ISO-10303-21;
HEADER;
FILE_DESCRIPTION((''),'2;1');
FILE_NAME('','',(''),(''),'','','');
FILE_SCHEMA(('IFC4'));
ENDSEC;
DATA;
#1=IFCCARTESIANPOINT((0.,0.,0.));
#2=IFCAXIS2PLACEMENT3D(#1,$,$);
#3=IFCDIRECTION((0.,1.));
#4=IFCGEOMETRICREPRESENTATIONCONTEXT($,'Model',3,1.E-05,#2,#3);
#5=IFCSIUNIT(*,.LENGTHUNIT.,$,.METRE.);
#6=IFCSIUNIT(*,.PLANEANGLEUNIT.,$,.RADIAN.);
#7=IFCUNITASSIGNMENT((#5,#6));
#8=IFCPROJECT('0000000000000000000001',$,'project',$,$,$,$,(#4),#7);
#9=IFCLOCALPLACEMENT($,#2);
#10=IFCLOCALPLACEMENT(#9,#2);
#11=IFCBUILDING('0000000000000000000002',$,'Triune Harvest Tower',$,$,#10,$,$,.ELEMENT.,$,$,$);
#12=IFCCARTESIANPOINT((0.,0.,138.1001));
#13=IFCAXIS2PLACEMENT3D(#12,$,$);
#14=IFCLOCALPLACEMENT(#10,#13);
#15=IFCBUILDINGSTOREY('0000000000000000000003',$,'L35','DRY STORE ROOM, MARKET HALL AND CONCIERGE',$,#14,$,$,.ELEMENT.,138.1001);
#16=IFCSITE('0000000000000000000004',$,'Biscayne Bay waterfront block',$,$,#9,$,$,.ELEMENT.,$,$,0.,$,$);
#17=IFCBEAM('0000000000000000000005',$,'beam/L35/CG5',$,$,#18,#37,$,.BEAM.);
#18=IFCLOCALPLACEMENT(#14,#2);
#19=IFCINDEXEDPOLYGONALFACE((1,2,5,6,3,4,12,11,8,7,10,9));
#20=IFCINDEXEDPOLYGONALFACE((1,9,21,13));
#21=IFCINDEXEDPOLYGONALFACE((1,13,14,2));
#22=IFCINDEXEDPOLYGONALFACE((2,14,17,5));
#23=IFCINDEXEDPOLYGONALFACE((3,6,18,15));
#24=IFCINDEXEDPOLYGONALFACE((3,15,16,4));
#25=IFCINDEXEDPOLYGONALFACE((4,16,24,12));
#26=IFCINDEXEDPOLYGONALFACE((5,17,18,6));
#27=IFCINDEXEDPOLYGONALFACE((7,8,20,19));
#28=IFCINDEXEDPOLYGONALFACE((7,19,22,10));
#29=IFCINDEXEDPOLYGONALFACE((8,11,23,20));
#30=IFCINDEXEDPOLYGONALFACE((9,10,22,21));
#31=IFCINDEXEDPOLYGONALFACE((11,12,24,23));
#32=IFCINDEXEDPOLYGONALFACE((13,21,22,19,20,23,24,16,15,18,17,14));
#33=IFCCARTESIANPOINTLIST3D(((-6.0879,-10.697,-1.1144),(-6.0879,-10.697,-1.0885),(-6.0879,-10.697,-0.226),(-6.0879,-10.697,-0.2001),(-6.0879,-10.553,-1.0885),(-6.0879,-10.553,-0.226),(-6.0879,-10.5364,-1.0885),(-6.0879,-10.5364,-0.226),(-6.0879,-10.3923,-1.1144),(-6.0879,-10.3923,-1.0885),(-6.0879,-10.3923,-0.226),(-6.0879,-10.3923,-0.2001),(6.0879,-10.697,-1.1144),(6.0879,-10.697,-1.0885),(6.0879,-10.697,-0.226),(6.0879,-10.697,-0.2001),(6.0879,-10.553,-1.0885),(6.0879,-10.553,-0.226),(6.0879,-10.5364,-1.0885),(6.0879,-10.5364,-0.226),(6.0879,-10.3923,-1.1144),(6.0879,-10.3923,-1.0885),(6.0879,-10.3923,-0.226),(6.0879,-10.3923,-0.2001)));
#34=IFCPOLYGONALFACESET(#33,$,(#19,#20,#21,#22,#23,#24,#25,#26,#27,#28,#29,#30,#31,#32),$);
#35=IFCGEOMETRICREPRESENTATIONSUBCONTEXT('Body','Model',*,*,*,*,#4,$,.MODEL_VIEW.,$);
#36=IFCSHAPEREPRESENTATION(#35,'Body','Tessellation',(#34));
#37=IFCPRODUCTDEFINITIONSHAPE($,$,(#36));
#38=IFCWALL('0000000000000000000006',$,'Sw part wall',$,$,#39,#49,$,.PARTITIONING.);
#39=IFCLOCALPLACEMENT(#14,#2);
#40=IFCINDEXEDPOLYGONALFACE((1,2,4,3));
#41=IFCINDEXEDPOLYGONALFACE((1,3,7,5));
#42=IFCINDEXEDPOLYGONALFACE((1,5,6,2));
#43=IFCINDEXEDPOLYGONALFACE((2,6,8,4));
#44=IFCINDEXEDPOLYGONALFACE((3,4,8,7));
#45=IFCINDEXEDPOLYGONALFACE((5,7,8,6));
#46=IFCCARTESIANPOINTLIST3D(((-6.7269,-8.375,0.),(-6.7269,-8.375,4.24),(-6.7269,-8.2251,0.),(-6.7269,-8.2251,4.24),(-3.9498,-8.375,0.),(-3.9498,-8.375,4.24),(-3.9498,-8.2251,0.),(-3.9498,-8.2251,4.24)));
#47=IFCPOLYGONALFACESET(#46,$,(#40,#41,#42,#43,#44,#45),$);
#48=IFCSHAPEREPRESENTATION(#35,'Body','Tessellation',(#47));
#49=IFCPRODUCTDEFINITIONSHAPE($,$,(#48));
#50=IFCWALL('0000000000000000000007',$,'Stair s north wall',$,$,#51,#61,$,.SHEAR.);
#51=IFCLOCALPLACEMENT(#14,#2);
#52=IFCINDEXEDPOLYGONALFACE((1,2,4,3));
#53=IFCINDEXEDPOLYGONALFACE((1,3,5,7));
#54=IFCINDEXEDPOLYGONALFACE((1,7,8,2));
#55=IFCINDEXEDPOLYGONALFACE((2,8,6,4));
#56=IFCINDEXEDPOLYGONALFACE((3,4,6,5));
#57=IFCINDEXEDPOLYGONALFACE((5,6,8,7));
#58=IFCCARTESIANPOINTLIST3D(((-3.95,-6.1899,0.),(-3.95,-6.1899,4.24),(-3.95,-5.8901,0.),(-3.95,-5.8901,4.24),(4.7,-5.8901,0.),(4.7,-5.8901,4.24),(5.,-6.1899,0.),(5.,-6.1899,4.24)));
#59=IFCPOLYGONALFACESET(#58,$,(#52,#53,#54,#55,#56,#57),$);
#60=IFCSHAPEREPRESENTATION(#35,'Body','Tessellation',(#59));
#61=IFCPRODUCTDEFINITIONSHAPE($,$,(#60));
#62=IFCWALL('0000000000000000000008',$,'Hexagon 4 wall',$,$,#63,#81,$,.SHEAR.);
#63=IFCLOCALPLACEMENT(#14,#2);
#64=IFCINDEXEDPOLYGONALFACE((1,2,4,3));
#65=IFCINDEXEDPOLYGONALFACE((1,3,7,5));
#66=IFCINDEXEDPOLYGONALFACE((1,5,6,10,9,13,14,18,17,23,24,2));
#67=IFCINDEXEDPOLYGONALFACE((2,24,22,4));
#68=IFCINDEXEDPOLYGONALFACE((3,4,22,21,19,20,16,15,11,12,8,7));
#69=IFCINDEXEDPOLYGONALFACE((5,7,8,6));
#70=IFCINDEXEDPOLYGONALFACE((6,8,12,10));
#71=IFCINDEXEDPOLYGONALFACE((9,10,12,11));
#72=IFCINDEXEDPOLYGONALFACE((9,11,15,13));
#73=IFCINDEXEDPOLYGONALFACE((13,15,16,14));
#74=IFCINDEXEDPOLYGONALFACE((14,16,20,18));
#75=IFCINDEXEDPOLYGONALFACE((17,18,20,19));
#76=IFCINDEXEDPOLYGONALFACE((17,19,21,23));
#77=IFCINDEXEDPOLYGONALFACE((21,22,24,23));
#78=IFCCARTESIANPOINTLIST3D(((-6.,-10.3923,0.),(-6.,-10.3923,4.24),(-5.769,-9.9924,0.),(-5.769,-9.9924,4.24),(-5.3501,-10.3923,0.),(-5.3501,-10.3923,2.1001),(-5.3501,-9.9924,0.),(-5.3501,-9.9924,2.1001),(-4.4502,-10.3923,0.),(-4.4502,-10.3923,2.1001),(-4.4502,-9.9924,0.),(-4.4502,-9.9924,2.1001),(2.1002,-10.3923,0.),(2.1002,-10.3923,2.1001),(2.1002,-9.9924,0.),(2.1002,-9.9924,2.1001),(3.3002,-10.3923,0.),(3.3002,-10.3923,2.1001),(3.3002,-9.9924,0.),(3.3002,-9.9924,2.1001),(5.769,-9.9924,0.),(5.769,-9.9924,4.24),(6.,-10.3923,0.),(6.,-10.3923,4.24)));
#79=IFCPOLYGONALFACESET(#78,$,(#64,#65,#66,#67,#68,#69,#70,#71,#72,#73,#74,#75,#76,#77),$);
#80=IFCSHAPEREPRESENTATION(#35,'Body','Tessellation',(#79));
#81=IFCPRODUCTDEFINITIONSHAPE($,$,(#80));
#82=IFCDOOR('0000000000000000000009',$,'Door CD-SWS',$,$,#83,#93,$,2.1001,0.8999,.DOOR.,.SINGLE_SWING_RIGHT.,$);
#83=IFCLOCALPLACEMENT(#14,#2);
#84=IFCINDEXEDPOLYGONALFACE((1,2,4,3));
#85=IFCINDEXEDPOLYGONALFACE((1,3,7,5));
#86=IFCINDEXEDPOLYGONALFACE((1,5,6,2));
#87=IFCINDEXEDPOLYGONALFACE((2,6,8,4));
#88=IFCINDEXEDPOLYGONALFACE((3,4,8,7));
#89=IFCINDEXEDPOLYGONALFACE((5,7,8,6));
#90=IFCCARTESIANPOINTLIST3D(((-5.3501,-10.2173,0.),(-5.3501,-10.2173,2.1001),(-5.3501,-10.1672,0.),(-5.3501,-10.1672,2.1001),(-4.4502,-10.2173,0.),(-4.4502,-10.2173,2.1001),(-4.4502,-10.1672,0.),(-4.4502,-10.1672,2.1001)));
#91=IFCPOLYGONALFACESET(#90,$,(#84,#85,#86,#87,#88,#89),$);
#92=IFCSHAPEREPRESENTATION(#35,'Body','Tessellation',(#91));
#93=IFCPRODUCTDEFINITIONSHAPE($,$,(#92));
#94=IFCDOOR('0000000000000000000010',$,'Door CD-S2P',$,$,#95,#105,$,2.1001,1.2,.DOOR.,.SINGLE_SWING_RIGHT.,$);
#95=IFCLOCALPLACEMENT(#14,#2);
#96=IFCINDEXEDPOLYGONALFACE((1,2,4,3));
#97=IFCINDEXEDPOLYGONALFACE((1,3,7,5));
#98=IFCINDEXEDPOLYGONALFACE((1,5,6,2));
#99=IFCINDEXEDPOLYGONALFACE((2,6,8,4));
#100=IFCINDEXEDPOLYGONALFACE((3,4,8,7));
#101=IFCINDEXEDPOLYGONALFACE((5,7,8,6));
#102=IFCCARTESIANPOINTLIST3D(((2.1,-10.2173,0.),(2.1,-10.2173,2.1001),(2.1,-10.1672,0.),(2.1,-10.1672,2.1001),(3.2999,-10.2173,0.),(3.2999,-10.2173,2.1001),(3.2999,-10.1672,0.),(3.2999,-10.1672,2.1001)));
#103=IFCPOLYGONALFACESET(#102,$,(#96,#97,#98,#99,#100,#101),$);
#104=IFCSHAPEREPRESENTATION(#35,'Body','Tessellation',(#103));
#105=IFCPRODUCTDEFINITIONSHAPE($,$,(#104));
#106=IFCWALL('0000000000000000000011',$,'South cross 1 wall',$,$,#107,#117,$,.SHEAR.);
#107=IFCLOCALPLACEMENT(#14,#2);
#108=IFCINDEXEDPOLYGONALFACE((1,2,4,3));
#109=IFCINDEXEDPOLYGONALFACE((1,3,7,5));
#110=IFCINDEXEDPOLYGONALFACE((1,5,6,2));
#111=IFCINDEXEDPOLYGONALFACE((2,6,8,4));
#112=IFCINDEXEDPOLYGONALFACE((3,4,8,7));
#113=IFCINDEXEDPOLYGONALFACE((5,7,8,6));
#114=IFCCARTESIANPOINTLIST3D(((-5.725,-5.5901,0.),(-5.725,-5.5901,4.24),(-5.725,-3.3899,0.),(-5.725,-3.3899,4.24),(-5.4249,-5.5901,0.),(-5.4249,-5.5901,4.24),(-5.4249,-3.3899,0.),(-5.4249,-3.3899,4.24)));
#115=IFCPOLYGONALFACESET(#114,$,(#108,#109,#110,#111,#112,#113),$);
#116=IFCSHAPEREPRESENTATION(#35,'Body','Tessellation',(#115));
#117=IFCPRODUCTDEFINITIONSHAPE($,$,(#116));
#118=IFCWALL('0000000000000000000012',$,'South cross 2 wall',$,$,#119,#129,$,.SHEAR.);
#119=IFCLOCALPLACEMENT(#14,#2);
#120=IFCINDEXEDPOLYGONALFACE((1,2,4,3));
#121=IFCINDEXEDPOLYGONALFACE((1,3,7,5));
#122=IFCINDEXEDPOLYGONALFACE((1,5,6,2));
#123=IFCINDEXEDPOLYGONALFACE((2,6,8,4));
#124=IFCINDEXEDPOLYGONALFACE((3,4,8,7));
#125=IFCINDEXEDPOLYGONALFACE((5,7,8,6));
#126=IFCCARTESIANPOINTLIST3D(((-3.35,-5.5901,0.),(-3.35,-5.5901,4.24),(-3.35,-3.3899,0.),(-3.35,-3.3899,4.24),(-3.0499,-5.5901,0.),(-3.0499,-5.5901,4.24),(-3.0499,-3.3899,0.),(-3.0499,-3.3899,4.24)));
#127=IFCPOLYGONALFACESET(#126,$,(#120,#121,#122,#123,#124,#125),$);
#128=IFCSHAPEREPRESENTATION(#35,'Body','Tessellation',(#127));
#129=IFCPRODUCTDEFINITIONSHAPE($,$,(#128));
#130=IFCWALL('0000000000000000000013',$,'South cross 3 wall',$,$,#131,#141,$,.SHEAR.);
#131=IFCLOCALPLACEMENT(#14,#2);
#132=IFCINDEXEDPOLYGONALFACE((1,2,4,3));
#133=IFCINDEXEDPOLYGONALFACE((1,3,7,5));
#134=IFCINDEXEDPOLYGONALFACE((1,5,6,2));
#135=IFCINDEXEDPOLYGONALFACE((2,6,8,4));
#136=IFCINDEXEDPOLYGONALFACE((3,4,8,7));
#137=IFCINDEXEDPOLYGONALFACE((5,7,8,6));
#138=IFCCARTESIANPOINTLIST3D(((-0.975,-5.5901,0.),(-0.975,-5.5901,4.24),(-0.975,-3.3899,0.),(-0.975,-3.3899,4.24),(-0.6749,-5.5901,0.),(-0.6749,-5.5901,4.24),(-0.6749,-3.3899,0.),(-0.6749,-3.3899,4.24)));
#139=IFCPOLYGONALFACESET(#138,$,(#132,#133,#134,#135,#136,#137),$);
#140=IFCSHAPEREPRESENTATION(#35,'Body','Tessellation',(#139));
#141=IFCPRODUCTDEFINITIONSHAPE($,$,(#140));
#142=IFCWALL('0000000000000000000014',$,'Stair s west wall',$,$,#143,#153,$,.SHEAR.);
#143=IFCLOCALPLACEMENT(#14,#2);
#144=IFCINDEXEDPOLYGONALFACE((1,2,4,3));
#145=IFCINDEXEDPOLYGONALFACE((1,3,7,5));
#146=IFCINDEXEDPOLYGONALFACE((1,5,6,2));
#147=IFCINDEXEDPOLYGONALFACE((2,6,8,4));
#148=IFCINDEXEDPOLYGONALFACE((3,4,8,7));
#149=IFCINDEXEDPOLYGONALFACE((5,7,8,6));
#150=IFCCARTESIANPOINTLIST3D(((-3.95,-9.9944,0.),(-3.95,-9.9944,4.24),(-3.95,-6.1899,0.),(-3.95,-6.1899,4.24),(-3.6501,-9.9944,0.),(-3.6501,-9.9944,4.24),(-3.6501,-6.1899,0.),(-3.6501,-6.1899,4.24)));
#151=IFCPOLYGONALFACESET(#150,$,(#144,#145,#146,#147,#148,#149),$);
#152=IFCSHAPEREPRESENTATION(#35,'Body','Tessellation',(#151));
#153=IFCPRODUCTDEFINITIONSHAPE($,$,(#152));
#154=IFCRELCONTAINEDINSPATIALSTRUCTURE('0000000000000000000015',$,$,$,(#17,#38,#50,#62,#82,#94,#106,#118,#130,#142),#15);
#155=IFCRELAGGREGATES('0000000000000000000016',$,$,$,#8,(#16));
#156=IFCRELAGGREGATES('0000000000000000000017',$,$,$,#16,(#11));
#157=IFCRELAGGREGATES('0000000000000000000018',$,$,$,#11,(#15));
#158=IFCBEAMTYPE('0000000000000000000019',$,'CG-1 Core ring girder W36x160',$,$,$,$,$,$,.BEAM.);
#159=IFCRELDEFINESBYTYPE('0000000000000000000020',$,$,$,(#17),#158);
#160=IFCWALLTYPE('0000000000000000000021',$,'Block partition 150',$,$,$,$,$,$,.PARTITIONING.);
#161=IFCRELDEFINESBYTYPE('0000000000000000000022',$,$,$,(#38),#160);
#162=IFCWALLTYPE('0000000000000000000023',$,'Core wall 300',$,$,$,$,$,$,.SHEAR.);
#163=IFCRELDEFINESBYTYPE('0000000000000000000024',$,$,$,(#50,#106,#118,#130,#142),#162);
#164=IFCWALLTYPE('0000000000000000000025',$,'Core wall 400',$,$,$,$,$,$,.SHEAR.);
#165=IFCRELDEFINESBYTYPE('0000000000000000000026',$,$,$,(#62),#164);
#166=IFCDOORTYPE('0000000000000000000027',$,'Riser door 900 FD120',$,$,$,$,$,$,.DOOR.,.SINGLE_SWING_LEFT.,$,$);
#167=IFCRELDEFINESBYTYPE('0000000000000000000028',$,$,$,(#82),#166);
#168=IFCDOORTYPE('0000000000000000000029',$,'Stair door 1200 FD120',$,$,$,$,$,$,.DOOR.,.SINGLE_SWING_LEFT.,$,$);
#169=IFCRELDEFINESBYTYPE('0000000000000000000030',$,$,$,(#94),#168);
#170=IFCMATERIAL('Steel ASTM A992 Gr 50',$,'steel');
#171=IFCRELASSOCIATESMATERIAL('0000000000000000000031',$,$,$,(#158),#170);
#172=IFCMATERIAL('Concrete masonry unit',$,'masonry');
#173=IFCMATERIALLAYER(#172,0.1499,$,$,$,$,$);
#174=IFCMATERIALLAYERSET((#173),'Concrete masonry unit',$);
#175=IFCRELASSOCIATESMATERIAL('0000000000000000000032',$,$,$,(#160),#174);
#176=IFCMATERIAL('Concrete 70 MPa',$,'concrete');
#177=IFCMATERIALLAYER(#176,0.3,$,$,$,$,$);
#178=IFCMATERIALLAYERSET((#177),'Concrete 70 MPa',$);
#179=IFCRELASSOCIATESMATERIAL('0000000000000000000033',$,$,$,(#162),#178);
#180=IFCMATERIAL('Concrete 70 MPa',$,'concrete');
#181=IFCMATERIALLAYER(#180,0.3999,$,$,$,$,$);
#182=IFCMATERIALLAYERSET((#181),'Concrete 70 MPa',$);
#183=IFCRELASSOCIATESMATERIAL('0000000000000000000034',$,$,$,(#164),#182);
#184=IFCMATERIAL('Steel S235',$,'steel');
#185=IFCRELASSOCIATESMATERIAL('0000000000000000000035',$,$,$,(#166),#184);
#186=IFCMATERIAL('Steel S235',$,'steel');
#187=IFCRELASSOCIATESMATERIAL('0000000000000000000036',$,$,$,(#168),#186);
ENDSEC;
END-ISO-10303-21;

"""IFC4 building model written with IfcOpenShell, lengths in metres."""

from ifc_helpers import new_model, si_unit, direction, frame, frame_2d, origin, origin_2d, place, context, subcontext, project, spatial, polyline, rectangle, i_section, outline, extrude, source, transform, mapped, material, layer, layer_set, material_profile, profile_set, type_object, element, fill, save


model = new_model("IFC4")

# Units and contexts
model_context = context("Model", 3, precision=1e-05, world=origin(), true_north=direction((0.0, 1.0)))
body_context = subcontext(model_context, "Body", "Model", "MODEL_VIEW")
ifc_project = project(units=[si_unit("LENGTHUNIT", "METRE"), si_unit("PLANEANGLEUNIT", "RADIAN")], contexts=[model_context])

# Site, building, storey
site_placement = place(None, origin())
site = spatial("IfcSite", under=ifc_project, at=site_placement, Name="Biscayne Bay waterfront block", CompositionType="ELEMENT", RefElevation=0.0)
building_placement = place(site_placement, origin())
building = spatial("IfcBuilding", under=site, at=building_placement, Name="Triune Harvest Tower", CompositionType="ELEMENT")
storey_placement = place(building_placement, frame((0.0, 0.0, 138.1001)))
storey = spatial("IfcBuildingStorey", under=building, at=storey_placement, Name="L35", Description="DRY STORE ROOM, MARKET HALL AND CONCIERGE", CompositionType="ELEMENT", Elevation=138.1001)

# Beam
ifc_material_1 = material(Name="Steel ASTM A992 Gr 50", Category="steel")
ifc_material_profile = material_profile(ifc_material_1, i_section(OverallWidth=0.3047, OverallDepth=0.9143, WebThickness=0.0166, FlangeThickness=0.0259, at=origin_2d()), Name="W36x160")
ifc_profile_set = profile_set([ifc_material_profile], Name="Steel ASTM A992 Gr 50")
beam_type = type_object("IfcBeamType", Name="CG-1 Core ring girder W36x160", PredefinedType="BEAM", material=ifc_profile_set)
shared_shape_1 = source(origin(), body_context, "Body", "SweptSolid", [
    extrude(i_section(OverallWidth=0.3047, OverallDepth=0.9143, WebThickness=0.0166, FlangeThickness=0.0259, at=origin_2d()), origin(), (0.0, 0.0, 1.0), 12.1758),
])
beam_placement = place(storey_placement, frame((-6.0879, -10.5447, -0.6572), z_axis=(1.0, 0.0, 0.0), x_axis=(0.0, 1.0, 0.0)))
element("IfcBeam", 1, at=beam_placement, inside=storey, type_object=beam_type, Name="beam/L35/CG5", PredefinedType="BEAM", context=body_context, shape_type="MappedRepresentation", body=[
    mapped(shared_shape_1, transform((0.0, 0.0, 0.0), scale=1.0)),
])

# Walls
ifc_material_2 = material(Name="Concrete masonry unit", Category="masonry")
ifc_layer_1 = layer(ifc_material_2, 0.1499)
ifc_layer_set_1 = layer_set([ifc_layer_1], Name="Concrete masonry unit")
wall_type_1 = type_object("IfcWallType", Name="Block partition 150", PredefinedType="PARTITIONING", material=ifc_layer_set_1)
wall_1_placement = place(storey_placement, frame((-6.7271, -8.3, 0.0), z_axis=(0.0, 0.0, 1.0), x_axis=(1.0, 0.0, 0.0)))
element("IfcWall", 2, at=wall_1_placement, inside=storey, type_object=wall_type_1, Name="Sw part wall", PredefinedType="PARTITIONING", context=body_context, shape_type="SweptSolid", body=[
    extrude(rectangle(XDim=2.7771, YDim=0.1499, at=frame_2d((1.3887, 0.0))), origin(), (0.0, 0.0, 1.0), 4.24),
])
ifc_material_3 = material(Name="Concrete 70 MPa", Category="concrete")
ifc_layer_2 = layer(ifc_material_3, 0.3)
ifc_layer_set_2 = layer_set([ifc_layer_2], Name="Concrete 70 MPa")
wall_type_2 = type_object("IfcWallType", Name="Core wall 300", PredefinedType="SHEAR", material=ifc_layer_set_2)
wall_2_placement = place(storey_placement, frame((-3.95, -6.04, 0.0), z_axis=(0.0, 0.0, 1.0), x_axis=(1.0, 0.0, 0.0)))
element("IfcWall", 3, at=wall_2_placement, inside=storey, type_object=wall_type_2, Name="Stair s north wall", PredefinedType="SHEAR", context=body_context, shape_type="SweptSolid", body=[
    extrude(outline(polyline([(0.0, -0.1499), (8.95, -0.1499), (8.6499, 0.1499), (0.0, 0.1499), (0.0, -0.1499)])), origin(), (0.0, 0.0, 1.0), 4.24),
])

# Wall, openings, doors
ifc_material_4 = material(Name="Concrete 70 MPa", Category="concrete")
ifc_layer_3 = layer(ifc_material_4, 0.3999)
ifc_layer_set_3 = layer_set([ifc_layer_3], Name="Concrete 70 MPa")
wall_type_3 = type_object("IfcWallType", Name="Core wall 400", PredefinedType="SHEAR", material=ifc_layer_set_3)
shared_shape_2 = source(origin(), body_context, "Body", "SweptSolid", [
    extrude(outline(polyline([(-0.1155, -0.2), (11.8845, -0.2), (11.6536, 0.2), (0.1155, 0.2), (-0.1155, -0.2)])), origin(), (0.0, 0.0, 1.0), 4.24),
])
wall_3_placement = place(storey_placement, frame((-5.8845, -10.1924, 0.0), z_axis=(0.0, 0.0, 1.0), x_axis=(1.0, 0.0, 0.0)))
wall_3 = element("IfcWall", 4, at=wall_3_placement, inside=storey, type_object=wall_type_3, Name="Hexagon 4 wall", PredefinedType="SHEAR", context=body_context, shape_type="MappedRepresentation", body=[
    mapped(shared_shape_2, transform((0.0, 0.0, 0.0), scale=1.0)),
])
opening_1_placement = place(wall_3_placement, frame((7.9846, 0.0, 0.0)))
opening_1 = element("IfcOpeningElement", 5, at=opening_1_placement, cuts=wall_3, PredefinedType="OPENING", context=body_context, shape_type="SweptSolid", body=[
    extrude(rectangle(XDim=1.2, YDim=2.1001, at=frame_2d((0.6001, 1.05))), frame((0.0, 0.21, 0.0), z_axis=(0.0, -1.0, 0.0), x_axis=(1.0, 0.0, 0.0)), (0.0, 0.0, 1.0), 0.4199),
])
opening_2_placement = place(wall_3_placement, frame((0.5344, 0.0, 0.0)))
opening_2 = element("IfcOpeningElement", 6, at=opening_2_placement, cuts=wall_3, PredefinedType="OPENING", context=body_context, shape_type="SweptSolid", body=[
    extrude(rectangle(XDim=0.8999, YDim=2.1001, at=frame_2d((0.45, 1.05))), frame((0.0, 0.21, 0.0), z_axis=(0.0, -1.0, 0.0), x_axis=(1.0, 0.0, 0.0)), (0.0, 0.0, 1.0), 0.4199),
])
ifc_material_5 = material(Name="Steel S235", Category="steel")
door_type_1 = type_object("IfcDoorType", Name="Riser door 900 FD120", OperationType="SINGLE_SWING_LEFT", PredefinedType="DOOR", material=ifc_material_5)
door_1_placement = place(opening_2_placement, frame((0.8999, 0.0, 0.0), z_axis=(0.0, 0.0, 1.0), x_axis=(-1.0, 0.0, 0.0)))
door_1 = element("IfcDoor", 7, at=door_1_placement, inside=storey, type_object=door_type_1, Name="Door CD-SWS", OperationType="SINGLE_SWING_RIGHT", OverallHeight=2.1001, OverallWidth=0.8999, PredefinedType="DOOR", context=body_context, shape_type="SweptSolid", body=[
    extrude(rectangle(XDim=0.8999, YDim=2.1001, at=frame_2d((0.45, 1.05))), frame((0.0, 0.0249, 0.0), z_axis=(0.0, -1.0, 0.0), x_axis=(1.0, 0.0, 0.0)), (0.0, 0.0, 1.0), 0.05),
])
fill(opening_2, door_1)
ifc_material_6 = material(Name="Steel S235", Category="steel")
door_type_2 = type_object("IfcDoorType", Name="Stair door 1200 FD120", OperationType="SINGLE_SWING_LEFT", PredefinedType="DOOR", material=ifc_material_6)
door_2_placement = place(opening_1_placement, frame((1.2, 0.0, 0.0), z_axis=(0.0, 0.0, 1.0), x_axis=(-1.0, 0.0, 0.0)))
door_2 = element("IfcDoor", 8, at=door_2_placement, inside=storey, type_object=door_type_2, Name="Door CD-S2P", OperationType="SINGLE_SWING_RIGHT", OverallHeight=2.1001, OverallWidth=1.2, PredefinedType="DOOR", context=body_context, shape_type="SweptSolid", body=[
    extrude(rectangle(XDim=1.2, YDim=2.1001, at=frame_2d((0.6001, 1.05))), frame((0.0, 0.0249, 0.0), z_axis=(0.0, -1.0, 0.0), x_axis=(1.0, 0.0, 0.0)), (0.0, 0.0, 1.0), 0.05),
])
fill(opening_1, door_2)

# Walls
shared_shape_3 = source(origin(), body_context, "Body", "SweptSolid", [
    extrude(rectangle(XDim=2.2002, YDim=0.3, at=frame_2d((1.1001, 0.0))), origin(), (0.0, 0.0, 1.0), 4.24),
])
for number, where, z_axis, x_axis, name in (
    (9, (-5.575, -5.5901, 0.0), (0.0, 0.0, 1.0), (0.0, 1.0, 0.0), "South cross 1 wall"),
    (10, (-3.2, -5.5901, 0.0), (0.0, 0.0, 1.0), (0.0, 1.0, 0.0), "South cross 2 wall"),
    (11, (-0.825, -5.5901, 0.0), (0.0, 0.0, 1.0), (0.0, 1.0, 0.0), "South cross 3 wall"),
):
    element("IfcWall", number, at=place(storey_placement, frame(where, z_axis=z_axis, x_axis=x_axis)), inside=storey, type_object=wall_type_2, Name=name, PredefinedType="SHEAR", context=body_context, shape_type="MappedRepresentation", body=[
        mapped(shared_shape_3, transform((0.0, 0.0, 0.0), scale=1.0)),
    ])
shared_shape_4 = source(origin(), body_context, "Body", "SweptSolid", [
    extrude(outline(polyline([(3.8, -0.1499), (-0.0044, -0.1499), (-0.0044, 0.1499), (3.8, 0.1499), (3.8, -0.1499)])), origin(), (0.0, 0.0, 1.0), 4.24),
])
wall_4_placement = place(storey_placement, frame((-3.8, -9.99, 0.0), z_axis=(0.0, 0.0, 1.0), x_axis=(0.0, 1.0, 0.0)))
element("IfcWall", 12, at=wall_4_placement, inside=storey, type_object=wall_type_2, Name="Stair s west wall", PredefinedType="SHEAR", context=body_context, shape_type="MappedRepresentation", body=[
    mapped(shared_shape_4, transform((0.0, 0.0, 0.0), scale=1.0)),
])

save(model, "model.ifc")
